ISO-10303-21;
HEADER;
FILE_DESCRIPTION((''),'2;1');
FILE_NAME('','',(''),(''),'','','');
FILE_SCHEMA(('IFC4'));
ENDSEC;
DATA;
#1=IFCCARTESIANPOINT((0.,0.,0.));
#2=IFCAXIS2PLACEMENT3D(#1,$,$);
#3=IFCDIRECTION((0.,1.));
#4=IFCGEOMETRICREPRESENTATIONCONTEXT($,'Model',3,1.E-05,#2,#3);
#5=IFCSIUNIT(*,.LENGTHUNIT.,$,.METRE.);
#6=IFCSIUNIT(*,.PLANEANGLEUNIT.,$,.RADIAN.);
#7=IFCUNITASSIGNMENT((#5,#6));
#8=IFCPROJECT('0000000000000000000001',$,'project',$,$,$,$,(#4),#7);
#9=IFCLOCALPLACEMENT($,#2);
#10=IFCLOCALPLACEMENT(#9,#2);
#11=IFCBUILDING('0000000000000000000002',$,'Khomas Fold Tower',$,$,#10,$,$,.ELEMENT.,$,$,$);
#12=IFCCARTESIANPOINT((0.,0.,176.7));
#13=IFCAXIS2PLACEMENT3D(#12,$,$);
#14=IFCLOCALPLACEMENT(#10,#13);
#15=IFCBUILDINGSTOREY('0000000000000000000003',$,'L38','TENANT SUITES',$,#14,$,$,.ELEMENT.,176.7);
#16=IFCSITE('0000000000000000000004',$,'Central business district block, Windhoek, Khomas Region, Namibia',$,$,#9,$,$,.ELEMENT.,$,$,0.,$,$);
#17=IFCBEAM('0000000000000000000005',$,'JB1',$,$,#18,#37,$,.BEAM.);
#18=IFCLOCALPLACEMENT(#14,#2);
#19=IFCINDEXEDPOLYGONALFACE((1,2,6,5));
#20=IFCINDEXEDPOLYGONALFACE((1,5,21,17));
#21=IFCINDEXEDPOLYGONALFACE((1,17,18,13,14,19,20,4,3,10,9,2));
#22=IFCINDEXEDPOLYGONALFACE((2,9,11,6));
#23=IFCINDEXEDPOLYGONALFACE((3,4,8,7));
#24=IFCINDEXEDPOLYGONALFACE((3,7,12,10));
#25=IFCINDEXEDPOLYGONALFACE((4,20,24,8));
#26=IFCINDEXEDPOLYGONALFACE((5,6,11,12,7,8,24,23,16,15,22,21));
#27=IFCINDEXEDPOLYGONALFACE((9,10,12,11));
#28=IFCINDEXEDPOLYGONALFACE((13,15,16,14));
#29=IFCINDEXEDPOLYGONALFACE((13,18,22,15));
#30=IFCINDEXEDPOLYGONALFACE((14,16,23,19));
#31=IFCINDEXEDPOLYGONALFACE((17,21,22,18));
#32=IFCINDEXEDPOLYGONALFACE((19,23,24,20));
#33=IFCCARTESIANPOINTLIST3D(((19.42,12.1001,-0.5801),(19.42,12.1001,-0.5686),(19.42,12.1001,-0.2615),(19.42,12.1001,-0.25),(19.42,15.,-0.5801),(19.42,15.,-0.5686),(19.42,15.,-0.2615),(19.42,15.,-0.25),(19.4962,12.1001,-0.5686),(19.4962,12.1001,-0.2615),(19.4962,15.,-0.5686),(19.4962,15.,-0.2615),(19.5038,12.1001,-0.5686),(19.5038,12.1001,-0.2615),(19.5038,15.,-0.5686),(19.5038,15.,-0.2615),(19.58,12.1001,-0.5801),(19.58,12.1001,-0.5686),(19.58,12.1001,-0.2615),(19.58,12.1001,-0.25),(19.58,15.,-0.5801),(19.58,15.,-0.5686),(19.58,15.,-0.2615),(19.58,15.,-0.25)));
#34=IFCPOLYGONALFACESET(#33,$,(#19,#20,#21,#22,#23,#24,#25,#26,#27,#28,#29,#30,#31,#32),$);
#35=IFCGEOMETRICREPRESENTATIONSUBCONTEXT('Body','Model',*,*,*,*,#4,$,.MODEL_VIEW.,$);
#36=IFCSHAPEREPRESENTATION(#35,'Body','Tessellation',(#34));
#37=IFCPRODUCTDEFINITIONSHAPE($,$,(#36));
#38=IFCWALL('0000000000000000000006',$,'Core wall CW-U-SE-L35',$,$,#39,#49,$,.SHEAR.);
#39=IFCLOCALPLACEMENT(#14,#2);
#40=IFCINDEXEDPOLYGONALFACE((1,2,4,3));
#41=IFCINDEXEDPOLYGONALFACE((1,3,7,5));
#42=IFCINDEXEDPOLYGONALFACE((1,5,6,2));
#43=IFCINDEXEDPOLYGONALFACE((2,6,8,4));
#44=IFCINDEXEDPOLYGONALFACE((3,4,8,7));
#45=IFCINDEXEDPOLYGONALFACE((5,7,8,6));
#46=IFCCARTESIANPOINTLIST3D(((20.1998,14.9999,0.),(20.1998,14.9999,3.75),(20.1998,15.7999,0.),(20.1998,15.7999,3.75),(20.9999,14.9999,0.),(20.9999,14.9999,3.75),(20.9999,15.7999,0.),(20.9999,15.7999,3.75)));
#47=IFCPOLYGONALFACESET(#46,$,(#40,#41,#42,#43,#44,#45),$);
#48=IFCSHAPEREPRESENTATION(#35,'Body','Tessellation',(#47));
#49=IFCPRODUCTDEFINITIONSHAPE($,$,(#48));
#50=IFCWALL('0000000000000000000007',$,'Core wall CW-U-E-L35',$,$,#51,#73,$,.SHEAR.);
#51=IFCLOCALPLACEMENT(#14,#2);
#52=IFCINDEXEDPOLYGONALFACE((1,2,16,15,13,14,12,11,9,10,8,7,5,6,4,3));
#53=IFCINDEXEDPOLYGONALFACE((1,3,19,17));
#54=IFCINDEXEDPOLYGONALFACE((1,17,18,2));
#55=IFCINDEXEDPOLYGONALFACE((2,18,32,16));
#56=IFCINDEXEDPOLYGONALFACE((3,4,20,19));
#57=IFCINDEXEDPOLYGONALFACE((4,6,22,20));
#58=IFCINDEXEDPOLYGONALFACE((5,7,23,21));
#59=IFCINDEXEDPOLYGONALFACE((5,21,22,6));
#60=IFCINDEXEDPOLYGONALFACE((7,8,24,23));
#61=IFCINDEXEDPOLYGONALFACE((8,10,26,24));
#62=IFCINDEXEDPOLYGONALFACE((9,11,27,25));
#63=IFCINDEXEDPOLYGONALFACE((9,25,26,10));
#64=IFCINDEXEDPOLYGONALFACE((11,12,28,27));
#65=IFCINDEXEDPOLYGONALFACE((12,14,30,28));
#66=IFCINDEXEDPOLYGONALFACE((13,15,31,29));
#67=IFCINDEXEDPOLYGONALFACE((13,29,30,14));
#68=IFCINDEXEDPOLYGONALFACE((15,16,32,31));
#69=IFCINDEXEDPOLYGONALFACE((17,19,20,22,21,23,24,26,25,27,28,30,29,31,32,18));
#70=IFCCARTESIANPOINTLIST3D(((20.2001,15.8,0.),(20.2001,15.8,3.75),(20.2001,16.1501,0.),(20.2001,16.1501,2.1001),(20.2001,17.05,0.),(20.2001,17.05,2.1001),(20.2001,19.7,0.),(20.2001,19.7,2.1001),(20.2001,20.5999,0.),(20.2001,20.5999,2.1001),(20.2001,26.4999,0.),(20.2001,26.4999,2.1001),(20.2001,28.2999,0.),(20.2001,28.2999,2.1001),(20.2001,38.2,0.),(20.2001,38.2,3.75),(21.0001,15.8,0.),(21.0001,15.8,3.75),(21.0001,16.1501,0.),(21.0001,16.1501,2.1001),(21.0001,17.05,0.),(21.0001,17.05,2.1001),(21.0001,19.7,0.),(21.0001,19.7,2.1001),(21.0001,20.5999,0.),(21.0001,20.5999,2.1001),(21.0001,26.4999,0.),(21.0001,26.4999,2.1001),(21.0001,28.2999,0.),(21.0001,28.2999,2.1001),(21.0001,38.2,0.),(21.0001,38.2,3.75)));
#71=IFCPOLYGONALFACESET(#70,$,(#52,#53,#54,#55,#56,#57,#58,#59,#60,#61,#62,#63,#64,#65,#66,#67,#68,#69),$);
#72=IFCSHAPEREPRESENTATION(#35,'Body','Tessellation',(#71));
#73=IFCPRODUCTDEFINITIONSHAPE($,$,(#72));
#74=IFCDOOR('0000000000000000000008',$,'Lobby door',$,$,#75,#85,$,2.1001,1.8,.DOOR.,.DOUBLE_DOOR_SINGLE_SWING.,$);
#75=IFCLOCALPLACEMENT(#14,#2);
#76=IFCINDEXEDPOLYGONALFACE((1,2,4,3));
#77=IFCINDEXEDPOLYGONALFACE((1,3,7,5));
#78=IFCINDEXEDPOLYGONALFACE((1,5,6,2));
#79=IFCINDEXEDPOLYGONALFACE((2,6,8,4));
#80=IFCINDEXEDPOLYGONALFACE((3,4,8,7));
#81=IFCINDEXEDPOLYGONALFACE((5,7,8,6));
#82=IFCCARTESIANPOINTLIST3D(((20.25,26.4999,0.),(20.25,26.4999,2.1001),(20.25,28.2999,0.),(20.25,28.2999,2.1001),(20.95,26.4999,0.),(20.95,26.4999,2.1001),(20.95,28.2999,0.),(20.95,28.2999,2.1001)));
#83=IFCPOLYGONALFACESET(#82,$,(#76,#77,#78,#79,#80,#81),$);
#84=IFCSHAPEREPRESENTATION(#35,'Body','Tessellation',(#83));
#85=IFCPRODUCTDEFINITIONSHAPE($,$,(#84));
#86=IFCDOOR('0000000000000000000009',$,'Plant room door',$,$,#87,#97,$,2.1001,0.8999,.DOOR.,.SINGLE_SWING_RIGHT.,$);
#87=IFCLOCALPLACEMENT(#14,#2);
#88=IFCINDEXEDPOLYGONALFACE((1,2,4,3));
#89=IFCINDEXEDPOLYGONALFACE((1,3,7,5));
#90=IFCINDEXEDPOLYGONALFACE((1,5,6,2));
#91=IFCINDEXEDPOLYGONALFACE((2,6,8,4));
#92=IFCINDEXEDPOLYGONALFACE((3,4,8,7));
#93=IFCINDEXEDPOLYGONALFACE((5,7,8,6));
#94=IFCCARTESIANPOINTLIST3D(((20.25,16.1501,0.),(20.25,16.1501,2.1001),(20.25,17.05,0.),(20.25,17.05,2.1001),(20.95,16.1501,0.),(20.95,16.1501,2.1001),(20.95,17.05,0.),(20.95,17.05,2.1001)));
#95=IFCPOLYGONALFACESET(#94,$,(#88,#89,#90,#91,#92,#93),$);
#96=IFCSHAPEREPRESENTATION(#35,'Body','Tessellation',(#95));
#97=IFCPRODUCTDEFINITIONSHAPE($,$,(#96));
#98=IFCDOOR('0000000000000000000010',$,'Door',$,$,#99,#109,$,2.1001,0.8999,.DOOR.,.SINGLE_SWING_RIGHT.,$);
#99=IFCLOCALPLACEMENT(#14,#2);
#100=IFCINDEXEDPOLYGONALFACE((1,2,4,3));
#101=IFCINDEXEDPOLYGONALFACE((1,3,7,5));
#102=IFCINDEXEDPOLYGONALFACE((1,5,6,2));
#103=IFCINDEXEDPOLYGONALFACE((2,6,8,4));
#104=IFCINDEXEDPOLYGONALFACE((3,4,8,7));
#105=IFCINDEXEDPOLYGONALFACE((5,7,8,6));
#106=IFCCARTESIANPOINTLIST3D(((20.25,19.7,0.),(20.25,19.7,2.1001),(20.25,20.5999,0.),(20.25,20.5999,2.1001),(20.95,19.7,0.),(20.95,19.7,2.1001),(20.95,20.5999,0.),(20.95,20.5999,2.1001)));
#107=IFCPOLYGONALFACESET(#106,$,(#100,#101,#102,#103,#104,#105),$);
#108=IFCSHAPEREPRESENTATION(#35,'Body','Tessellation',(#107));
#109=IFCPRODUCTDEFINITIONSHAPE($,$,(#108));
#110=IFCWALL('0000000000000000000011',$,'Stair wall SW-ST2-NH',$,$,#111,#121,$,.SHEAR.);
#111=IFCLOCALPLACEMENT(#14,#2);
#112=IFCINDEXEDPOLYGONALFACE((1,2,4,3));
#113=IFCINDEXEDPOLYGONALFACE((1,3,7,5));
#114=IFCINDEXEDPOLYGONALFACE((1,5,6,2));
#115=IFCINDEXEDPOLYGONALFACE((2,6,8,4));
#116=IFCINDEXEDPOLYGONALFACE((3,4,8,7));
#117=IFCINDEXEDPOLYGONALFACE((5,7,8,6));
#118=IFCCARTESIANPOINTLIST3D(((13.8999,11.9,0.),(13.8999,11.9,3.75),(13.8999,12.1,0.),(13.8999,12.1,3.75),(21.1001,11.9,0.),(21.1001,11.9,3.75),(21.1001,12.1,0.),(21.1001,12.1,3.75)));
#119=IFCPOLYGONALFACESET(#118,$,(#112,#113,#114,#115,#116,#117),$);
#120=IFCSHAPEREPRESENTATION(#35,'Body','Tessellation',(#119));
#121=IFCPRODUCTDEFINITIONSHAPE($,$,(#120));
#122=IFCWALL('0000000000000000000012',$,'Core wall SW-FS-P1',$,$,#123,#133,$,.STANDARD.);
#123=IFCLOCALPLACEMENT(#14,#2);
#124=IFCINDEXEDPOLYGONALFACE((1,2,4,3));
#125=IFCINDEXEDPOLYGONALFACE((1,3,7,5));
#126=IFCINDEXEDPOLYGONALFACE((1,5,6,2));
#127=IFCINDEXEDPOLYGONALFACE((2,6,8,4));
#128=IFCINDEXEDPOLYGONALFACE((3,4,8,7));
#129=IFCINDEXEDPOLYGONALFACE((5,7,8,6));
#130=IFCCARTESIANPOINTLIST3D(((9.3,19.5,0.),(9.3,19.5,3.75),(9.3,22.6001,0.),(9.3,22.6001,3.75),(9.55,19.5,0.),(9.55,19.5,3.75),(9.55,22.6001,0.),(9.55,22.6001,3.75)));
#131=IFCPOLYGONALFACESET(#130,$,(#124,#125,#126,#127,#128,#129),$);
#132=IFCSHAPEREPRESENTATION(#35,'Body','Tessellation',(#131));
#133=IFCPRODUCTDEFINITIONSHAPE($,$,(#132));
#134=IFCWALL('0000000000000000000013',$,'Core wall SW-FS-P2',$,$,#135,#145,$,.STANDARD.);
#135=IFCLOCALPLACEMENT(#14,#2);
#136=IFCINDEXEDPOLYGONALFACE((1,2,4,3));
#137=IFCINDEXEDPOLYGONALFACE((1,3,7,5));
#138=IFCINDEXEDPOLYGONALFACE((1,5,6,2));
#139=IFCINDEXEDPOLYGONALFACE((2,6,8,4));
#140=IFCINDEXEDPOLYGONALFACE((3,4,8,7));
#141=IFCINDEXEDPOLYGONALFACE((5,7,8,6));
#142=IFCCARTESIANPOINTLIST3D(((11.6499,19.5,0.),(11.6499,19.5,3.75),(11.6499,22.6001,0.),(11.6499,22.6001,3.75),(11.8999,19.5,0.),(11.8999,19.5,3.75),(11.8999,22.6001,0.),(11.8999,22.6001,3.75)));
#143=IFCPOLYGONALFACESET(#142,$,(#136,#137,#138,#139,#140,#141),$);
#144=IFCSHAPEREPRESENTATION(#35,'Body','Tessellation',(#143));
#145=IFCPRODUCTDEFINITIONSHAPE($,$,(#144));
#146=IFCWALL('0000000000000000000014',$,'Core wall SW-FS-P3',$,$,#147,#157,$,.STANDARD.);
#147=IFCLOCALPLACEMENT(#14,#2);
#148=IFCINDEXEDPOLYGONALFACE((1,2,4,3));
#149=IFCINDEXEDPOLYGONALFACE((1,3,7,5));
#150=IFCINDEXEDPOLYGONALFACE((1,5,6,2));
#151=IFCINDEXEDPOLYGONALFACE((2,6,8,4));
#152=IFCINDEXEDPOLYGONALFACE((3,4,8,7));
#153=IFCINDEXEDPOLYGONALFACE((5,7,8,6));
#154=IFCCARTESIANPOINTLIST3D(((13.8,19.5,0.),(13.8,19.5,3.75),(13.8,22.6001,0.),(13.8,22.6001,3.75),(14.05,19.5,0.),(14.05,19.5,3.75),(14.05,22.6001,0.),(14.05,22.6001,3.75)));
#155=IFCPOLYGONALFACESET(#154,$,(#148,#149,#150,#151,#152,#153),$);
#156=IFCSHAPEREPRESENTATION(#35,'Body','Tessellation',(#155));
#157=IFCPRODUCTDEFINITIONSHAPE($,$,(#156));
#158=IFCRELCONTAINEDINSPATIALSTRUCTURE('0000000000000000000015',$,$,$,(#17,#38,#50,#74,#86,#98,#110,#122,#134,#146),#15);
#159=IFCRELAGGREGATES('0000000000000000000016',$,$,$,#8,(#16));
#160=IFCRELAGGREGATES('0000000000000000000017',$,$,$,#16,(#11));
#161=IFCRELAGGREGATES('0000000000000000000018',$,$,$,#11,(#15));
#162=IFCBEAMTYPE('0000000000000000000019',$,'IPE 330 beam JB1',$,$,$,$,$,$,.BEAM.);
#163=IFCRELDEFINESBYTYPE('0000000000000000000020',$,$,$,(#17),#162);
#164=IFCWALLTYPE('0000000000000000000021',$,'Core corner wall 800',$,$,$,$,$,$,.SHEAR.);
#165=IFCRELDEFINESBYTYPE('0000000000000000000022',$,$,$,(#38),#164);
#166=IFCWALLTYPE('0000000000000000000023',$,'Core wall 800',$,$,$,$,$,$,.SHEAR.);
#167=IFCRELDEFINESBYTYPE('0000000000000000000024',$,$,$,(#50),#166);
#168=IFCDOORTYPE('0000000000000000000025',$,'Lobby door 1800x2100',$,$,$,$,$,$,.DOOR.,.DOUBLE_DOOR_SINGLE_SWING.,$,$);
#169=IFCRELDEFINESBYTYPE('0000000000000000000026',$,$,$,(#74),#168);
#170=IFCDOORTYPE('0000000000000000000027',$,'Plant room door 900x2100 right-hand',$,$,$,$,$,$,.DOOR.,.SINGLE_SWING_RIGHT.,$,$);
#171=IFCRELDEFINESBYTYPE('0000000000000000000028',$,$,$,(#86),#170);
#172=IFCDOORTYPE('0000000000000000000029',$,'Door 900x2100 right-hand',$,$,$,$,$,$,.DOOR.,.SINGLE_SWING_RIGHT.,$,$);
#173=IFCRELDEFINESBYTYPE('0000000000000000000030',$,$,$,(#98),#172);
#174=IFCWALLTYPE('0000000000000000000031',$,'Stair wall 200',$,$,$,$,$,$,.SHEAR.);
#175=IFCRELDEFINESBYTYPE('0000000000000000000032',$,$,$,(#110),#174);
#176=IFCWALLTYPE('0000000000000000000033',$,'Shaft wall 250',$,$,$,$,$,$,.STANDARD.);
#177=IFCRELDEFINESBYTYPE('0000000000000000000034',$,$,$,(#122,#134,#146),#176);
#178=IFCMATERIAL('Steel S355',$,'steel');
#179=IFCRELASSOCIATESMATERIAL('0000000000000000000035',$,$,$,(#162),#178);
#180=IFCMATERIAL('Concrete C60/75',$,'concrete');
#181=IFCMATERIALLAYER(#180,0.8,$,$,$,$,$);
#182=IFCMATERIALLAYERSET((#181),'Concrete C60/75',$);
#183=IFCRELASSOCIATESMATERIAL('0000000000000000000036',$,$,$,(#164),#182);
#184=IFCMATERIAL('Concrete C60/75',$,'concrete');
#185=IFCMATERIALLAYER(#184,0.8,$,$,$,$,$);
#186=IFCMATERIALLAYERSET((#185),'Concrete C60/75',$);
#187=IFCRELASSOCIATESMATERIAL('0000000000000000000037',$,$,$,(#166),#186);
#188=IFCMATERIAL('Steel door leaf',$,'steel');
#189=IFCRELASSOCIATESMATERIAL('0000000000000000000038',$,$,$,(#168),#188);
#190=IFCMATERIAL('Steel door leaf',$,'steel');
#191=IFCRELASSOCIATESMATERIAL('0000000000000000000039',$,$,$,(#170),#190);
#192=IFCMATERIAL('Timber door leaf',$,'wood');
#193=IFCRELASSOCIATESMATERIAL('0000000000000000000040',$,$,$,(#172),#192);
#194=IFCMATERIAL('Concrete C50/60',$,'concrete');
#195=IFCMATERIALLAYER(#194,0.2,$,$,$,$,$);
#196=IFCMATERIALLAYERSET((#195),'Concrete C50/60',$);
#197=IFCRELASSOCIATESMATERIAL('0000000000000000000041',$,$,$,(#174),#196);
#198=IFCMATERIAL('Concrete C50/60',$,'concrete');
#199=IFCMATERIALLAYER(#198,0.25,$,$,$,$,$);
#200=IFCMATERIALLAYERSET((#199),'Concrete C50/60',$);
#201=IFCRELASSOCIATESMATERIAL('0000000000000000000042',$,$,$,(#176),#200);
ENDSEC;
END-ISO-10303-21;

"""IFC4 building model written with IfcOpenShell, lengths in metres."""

from ifc_helpers import new_model, si_unit, direction, frame, frame_2d, origin, origin_2d, place, context, subcontext, project, spatial, rectangle, i_section, extrude, source, transform, mapped, material, layer, layer_set, material_profile, profile_set, type_object, element, fill, save


model = new_model("IFC4")

# Units and contexts
model_context = context("Model", 3, precision=1e-05, world=origin(), true_north=direction((0.0, 1.0)))
body_context = subcontext(model_context, "Body", "Model", "MODEL_VIEW")
ifc_project = project(units=[si_unit("LENGTHUNIT", "METRE"), si_unit("PLANEANGLEUNIT", "RADIAN")], contexts=[model_context])

# Site, building, storey
site_placement = place(None, origin())
site = spatial("IfcSite", under=ifc_project, at=site_placement, Name="Central business district block, Windhoek, Khomas Region, Namibia", CompositionType="ELEMENT", RefElevation=0.0)
building_placement = place(site_placement, origin())
building = spatial("IfcBuilding", under=site, at=building_placement, Name="Khomas Fold Tower", CompositionType="ELEMENT")
storey_placement = place(building_placement, frame((0.0, 0.0, 176.7)))
storey = spatial("IfcBuildingStorey", under=building, at=storey_placement, Name="L38", Description="TENANT SUITES", CompositionType="ELEMENT", Elevation=176.7)

# Beam
ifc_material_1 = material(Name="Steel S355", Category="steel")
ifc_material_profile = material_profile(ifc_material_1, i_section(OverallWidth=0.1599, OverallDepth=0.3301, WebThickness=0.0076, FlangeThickness=0.0115, at=origin_2d()), Name="IPE 330")
ifc_profile_set = profile_set([ifc_material_profile], Name="Steel S355")
beam_type = type_object("IfcBeamType", Name="IPE 330 beam JB1", PredefinedType="BEAM", material=ifc_profile_set)
shared_shape_1 = source(origin(), body_context, "Body", "SweptSolid", [
    extrude(i_section(OverallWidth=0.1599, OverallDepth=0.3301, WebThickness=0.0076, FlangeThickness=0.0115, at=origin_2d()), origin(), (0.0, 0.0, 1.0), 2.8999),
])
beam_placement = place(storey_placement, frame((19.5, 12.1001, -0.415), z_axis=(0.0, 1.0, 0.0), x_axis=(-1.0, 0.0, 0.0)))
element("IfcBeam", 1, at=beam_placement, inside=storey, type_object=beam_type, Name="JB1", PredefinedType="BEAM", context=body_context, shape_type="MappedRepresentation", body=[
    mapped(shared_shape_1, transform((0.0, 0.0, 0.0))),
])

# Wall
ifc_material_2 = material(Name="Concrete C60/75", Category="concrete")
ifc_layer_1 = layer(ifc_material_2, 0.8)
ifc_layer_set_1 = layer_set([ifc_layer_1], Name="Concrete C60/75")
wall_type_1 = type_object("IfcWallType", Name="Core corner wall 800", PredefinedType="SHEAR", material=ifc_layer_set_1)
shared_shape_2 = source(origin(), body_context, "Body", "SweptSolid", [
    extrude(rectangle(XDim=0.8, YDim=0.8, at=frame_2d((0.3999, 0.0))), origin(), (0.0, 0.0, 1.0), 3.75),
])
wall_1_placement = place(storey_placement, frame((20.2, 15.3999, 0.0), z_axis=(0.0, 0.0, 1.0), x_axis=(1.0, 0.0, 0.0)))
element("IfcWall", 2, at=wall_1_placement, inside=storey, type_object=wall_type_1, Name="Core wall CW-U-SE-L35", PredefinedType="SHEAR", context=body_context, shape_type="MappedRepresentation", body=[
    mapped(shared_shape_2, transform((0.0, 0.0, 0.0))),
])

# Wall, openings, doors
ifc_material_3 = material(Name="Concrete C60/75", Category="concrete")
ifc_layer_2 = layer(ifc_material_3, 0.8)
ifc_layer_set_2 = layer_set([ifc_layer_2], Name="Concrete C60/75")
wall_type_2 = type_object("IfcWallType", Name="Core wall 800", PredefinedType="SHEAR", material=ifc_layer_set_2)
shared_shape_3 = source(origin(), body_context, "Body", "SweptSolid", [
    extrude(rectangle(XDim=22.3999, YDim=0.8, at=frame_2d((11.2, 0.0))), origin(), (0.0, 0.0, 1.0), 3.75),
])
wall_2_placement = place(storey_placement, frame((20.6001, 15.8, 0.0), z_axis=(0.0, 0.0, 1.0), x_axis=(0.0, 1.0, 0.0)))
wall_2 = element("IfcWall", 3, at=wall_2_placement, inside=storey, type_object=wall_type_2, Name="Core wall CW-U-E-L35", PredefinedType="SHEAR", context=body_context, shape_type="MappedRepresentation", body=[
    mapped(shared_shape_3, transform((0.0, 0.0, 0.0))),
])
shared_shape_4 = source(origin(), body_context, "Body", "SweptSolid", [
    extrude(rectangle(XDim=1.8, YDim=2.1001, at=frame_2d((0.8999, 1.05))), frame((0.0, 0.4099, 0.0), z_axis=(0.0, -1.0, 0.0), x_axis=(1.0, 0.0, 0.0)), (0.0, 0.0, 1.0), 0.8201),
])
opening_1_placement = place(wall_2_placement, frame((10.7, 0.0, 0.0)))
opening_1 = element("IfcOpeningElement", 4, at=opening_1_placement, cuts=wall_2, PredefinedType="OPENING", context=body_context, shape_type="MappedRepresentation", body=[
    mapped(shared_shape_4, transform((0.0, 0.0, 0.0))),
])
shared_shape_5 = source(origin(), body_context, "Body", "SweptSolid", [
    extrude(rectangle(XDim=0.8999, YDim=2.1001, at=frame_2d((0.45, 1.05))), frame((0.0, 0.4099, 0.0), z_axis=(0.0, -1.0, 0.0), x_axis=(1.0, 0.0, 0.0)), (0.0, 0.0, 1.0), 0.8201),
])
opening_2_placement = place(wall_2_placement, frame((0.3501, 0.0, 0.0)))
opening_2 = element("IfcOpeningElement", 5, at=opening_2_placement, cuts=wall_2, PredefinedType="OPENING", context=body_context, shape_type="MappedRepresentation", body=[
    mapped(shared_shape_5, transform((0.0, 0.0, 0.0))),
])
opening_3_placement = place(wall_2_placement, frame((3.8999, 0.0, 0.0)))
opening_3 = element("IfcOpeningElement", 6, at=opening_3_placement, cuts=wall_2, PredefinedType="OPENING", context=body_context, shape_type="MappedRepresentation", body=[
    mapped(shared_shape_5, transform((0.0, 0.0, 0.0))),
])
ifc_material_4 = material(Name="Steel door leaf", Category="steel")
door_type_1 = type_object("IfcDoorType", Name="Lobby door 1800x2100", OperationType="DOUBLE_DOOR_SINGLE_SWING", PredefinedType="DOOR", material=ifc_material_4)
shared_shape_6 = source(origin(), body_context, "Body", "SweptSolid", [
    extrude(rectangle(XDim=1.8, YDim=2.1001, at=frame_2d((0.8999, 1.05))), frame((0.0, 0.3501, 0.0), z_axis=(0.0, -1.0, 0.0), x_axis=(1.0, 0.0, 0.0)), (0.0, 0.0, 1.0), 0.7),
])
door_1_placement = place(opening_1_placement, origin())
door_1 = element("IfcDoor", 7, at=door_1_placement, inside=storey, type_object=door_type_1, Name="Lobby door", OperationType="DOUBLE_DOOR_SINGLE_SWING", OverallHeight=2.1001, OverallWidth=1.8, PredefinedType="DOOR", context=body_context, shape_type="MappedRepresentation", body=[
    mapped(shared_shape_6, transform((0.0, 0.0, 0.0))),
])
fill(opening_1, door_1)
ifc_material_5 = material(Name="Steel door leaf", Category="steel")
door_type_2 = type_object("IfcDoorType", Name="Plant room door 900x2100 right-hand", OperationType="SINGLE_SWING_RIGHT", PredefinedType="DOOR", material=ifc_material_5)
shared_shape_7 = source(origin(), body_context, "Body", "SweptSolid", [
    extrude(rectangle(XDim=0.8999, YDim=2.1001, at=frame_2d((0.45, 1.05))), frame((0.0, 0.3501, 0.0), z_axis=(0.0, -1.0, 0.0), x_axis=(1.0, 0.0, 0.0)), (0.0, 0.0, 1.0), 0.7),
])
door_2_placement = place(opening_2_placement, origin())
door_2 = element("IfcDoor", 8, at=door_2_placement, inside=storey, type_object=door_type_2, Name="Plant room door", OperationType="SINGLE_SWING_RIGHT", OverallHeight=2.1001, OverallWidth=0.8999, PredefinedType="DOOR", context=body_context, shape_type="MappedRepresentation", body=[
    mapped(shared_shape_7, transform((0.0, 0.0, 0.0))),
])
fill(opening_2, door_2)
ifc_material_6 = material(Name="Timber door leaf", Category="wood")
door_type_3 = type_object("IfcDoorType", Name="Door 900x2100 right-hand", OperationType="SINGLE_SWING_RIGHT", PredefinedType="DOOR", material=ifc_material_6)
door_3_placement = place(opening_3_placement, origin())
door_3 = element("IfcDoor", 9, at=door_3_placement, inside=storey, type_object=door_type_3, Name="Door", OperationType="SINGLE_SWING_RIGHT", OverallHeight=2.1001, OverallWidth=0.8999, PredefinedType="DOOR", context=body_context, shape_type="MappedRepresentation", body=[
    mapped(shared_shape_7, transform((0.0, 0.0, 0.0))),
])
fill(opening_3, door_3)

# Walls
ifc_material_7 = material(Name="Concrete C50/60", Category="concrete")
ifc_layer_3 = layer(ifc_material_7, 0.2)
ifc_layer_set_3 = layer_set([ifc_layer_3], Name="Concrete C50/60")
wall_type_3 = type_object("IfcWallType", Name="Stair wall 200", PredefinedType="SHEAR", material=ifc_layer_set_3)
shared_shape_8 = source(origin(), body_context, "Body", "SweptSolid", [
    extrude(rectangle(XDim=7.2002, YDim=0.2, at=frame_2d((3.6001, 0.0))), origin(), (0.0, 0.0, 1.0), 3.75),
])
wall_3_placement = place(storey_placement, frame((13.8999, 12.0, 0.0), z_axis=(0.0, 0.0, 1.0), x_axis=(1.0, 0.0, 0.0)))
element("IfcWall", 10, at=wall_3_placement, inside=storey, type_object=wall_type_3, Name="Stair wall SW-ST2-NH", PredefinedType="SHEAR", context=body_context, shape_type="MappedRepresentation", body=[
    mapped(shared_shape_8, transform((0.0, 0.0, 0.0))),
])
ifc_material_8 = material(Name="Concrete C50/60", Category="concrete")
ifc_layer_4 = layer(ifc_material_8, 0.25)
ifc_layer_set_4 = layer_set([ifc_layer_4], Name="Concrete C50/60")
wall_type_4 = type_object("IfcWallType", Name="Shaft wall 250", PredefinedType="STANDARD", material=ifc_layer_set_4)
shared_shape_9 = source(origin(), body_context, "Body", "SweptSolid", [
    extrude(rectangle(XDim=3.1001, YDim=0.25, at=frame_2d((1.55, 0.0))), origin(), (0.0, 0.0, 1.0), 3.75),
])
for number, where, z_axis, x_axis, name in (
    (11, (9.425, 19.5, 0.0), (0.0, 0.0, 1.0), (0.0, 1.0, 0.0), "Core wall SW-FS-P1"),
    (12, (11.7749, 19.5, 0.0), (0.0, 0.0, 1.0), (0.0, 1.0, 0.0), "Core wall SW-FS-P2"),
    (13, (13.925, 19.5, 0.0), (0.0, 0.0, 1.0), (0.0, 1.0, 0.0), "Core wall SW-FS-P3"),
):
    element("IfcWall", number, at=place(storey_placement, frame(where, z_axis=z_axis, x_axis=x_axis)), inside=storey, type_object=wall_type_4, Name=name, PredefinedType="STANDARD", context=body_context, shape_type="MappedRepresentation", body=[
        mapped(shared_shape_9, transform((0.0, 0.0, 0.0))),
    ])

save(model, "model.ifc")
